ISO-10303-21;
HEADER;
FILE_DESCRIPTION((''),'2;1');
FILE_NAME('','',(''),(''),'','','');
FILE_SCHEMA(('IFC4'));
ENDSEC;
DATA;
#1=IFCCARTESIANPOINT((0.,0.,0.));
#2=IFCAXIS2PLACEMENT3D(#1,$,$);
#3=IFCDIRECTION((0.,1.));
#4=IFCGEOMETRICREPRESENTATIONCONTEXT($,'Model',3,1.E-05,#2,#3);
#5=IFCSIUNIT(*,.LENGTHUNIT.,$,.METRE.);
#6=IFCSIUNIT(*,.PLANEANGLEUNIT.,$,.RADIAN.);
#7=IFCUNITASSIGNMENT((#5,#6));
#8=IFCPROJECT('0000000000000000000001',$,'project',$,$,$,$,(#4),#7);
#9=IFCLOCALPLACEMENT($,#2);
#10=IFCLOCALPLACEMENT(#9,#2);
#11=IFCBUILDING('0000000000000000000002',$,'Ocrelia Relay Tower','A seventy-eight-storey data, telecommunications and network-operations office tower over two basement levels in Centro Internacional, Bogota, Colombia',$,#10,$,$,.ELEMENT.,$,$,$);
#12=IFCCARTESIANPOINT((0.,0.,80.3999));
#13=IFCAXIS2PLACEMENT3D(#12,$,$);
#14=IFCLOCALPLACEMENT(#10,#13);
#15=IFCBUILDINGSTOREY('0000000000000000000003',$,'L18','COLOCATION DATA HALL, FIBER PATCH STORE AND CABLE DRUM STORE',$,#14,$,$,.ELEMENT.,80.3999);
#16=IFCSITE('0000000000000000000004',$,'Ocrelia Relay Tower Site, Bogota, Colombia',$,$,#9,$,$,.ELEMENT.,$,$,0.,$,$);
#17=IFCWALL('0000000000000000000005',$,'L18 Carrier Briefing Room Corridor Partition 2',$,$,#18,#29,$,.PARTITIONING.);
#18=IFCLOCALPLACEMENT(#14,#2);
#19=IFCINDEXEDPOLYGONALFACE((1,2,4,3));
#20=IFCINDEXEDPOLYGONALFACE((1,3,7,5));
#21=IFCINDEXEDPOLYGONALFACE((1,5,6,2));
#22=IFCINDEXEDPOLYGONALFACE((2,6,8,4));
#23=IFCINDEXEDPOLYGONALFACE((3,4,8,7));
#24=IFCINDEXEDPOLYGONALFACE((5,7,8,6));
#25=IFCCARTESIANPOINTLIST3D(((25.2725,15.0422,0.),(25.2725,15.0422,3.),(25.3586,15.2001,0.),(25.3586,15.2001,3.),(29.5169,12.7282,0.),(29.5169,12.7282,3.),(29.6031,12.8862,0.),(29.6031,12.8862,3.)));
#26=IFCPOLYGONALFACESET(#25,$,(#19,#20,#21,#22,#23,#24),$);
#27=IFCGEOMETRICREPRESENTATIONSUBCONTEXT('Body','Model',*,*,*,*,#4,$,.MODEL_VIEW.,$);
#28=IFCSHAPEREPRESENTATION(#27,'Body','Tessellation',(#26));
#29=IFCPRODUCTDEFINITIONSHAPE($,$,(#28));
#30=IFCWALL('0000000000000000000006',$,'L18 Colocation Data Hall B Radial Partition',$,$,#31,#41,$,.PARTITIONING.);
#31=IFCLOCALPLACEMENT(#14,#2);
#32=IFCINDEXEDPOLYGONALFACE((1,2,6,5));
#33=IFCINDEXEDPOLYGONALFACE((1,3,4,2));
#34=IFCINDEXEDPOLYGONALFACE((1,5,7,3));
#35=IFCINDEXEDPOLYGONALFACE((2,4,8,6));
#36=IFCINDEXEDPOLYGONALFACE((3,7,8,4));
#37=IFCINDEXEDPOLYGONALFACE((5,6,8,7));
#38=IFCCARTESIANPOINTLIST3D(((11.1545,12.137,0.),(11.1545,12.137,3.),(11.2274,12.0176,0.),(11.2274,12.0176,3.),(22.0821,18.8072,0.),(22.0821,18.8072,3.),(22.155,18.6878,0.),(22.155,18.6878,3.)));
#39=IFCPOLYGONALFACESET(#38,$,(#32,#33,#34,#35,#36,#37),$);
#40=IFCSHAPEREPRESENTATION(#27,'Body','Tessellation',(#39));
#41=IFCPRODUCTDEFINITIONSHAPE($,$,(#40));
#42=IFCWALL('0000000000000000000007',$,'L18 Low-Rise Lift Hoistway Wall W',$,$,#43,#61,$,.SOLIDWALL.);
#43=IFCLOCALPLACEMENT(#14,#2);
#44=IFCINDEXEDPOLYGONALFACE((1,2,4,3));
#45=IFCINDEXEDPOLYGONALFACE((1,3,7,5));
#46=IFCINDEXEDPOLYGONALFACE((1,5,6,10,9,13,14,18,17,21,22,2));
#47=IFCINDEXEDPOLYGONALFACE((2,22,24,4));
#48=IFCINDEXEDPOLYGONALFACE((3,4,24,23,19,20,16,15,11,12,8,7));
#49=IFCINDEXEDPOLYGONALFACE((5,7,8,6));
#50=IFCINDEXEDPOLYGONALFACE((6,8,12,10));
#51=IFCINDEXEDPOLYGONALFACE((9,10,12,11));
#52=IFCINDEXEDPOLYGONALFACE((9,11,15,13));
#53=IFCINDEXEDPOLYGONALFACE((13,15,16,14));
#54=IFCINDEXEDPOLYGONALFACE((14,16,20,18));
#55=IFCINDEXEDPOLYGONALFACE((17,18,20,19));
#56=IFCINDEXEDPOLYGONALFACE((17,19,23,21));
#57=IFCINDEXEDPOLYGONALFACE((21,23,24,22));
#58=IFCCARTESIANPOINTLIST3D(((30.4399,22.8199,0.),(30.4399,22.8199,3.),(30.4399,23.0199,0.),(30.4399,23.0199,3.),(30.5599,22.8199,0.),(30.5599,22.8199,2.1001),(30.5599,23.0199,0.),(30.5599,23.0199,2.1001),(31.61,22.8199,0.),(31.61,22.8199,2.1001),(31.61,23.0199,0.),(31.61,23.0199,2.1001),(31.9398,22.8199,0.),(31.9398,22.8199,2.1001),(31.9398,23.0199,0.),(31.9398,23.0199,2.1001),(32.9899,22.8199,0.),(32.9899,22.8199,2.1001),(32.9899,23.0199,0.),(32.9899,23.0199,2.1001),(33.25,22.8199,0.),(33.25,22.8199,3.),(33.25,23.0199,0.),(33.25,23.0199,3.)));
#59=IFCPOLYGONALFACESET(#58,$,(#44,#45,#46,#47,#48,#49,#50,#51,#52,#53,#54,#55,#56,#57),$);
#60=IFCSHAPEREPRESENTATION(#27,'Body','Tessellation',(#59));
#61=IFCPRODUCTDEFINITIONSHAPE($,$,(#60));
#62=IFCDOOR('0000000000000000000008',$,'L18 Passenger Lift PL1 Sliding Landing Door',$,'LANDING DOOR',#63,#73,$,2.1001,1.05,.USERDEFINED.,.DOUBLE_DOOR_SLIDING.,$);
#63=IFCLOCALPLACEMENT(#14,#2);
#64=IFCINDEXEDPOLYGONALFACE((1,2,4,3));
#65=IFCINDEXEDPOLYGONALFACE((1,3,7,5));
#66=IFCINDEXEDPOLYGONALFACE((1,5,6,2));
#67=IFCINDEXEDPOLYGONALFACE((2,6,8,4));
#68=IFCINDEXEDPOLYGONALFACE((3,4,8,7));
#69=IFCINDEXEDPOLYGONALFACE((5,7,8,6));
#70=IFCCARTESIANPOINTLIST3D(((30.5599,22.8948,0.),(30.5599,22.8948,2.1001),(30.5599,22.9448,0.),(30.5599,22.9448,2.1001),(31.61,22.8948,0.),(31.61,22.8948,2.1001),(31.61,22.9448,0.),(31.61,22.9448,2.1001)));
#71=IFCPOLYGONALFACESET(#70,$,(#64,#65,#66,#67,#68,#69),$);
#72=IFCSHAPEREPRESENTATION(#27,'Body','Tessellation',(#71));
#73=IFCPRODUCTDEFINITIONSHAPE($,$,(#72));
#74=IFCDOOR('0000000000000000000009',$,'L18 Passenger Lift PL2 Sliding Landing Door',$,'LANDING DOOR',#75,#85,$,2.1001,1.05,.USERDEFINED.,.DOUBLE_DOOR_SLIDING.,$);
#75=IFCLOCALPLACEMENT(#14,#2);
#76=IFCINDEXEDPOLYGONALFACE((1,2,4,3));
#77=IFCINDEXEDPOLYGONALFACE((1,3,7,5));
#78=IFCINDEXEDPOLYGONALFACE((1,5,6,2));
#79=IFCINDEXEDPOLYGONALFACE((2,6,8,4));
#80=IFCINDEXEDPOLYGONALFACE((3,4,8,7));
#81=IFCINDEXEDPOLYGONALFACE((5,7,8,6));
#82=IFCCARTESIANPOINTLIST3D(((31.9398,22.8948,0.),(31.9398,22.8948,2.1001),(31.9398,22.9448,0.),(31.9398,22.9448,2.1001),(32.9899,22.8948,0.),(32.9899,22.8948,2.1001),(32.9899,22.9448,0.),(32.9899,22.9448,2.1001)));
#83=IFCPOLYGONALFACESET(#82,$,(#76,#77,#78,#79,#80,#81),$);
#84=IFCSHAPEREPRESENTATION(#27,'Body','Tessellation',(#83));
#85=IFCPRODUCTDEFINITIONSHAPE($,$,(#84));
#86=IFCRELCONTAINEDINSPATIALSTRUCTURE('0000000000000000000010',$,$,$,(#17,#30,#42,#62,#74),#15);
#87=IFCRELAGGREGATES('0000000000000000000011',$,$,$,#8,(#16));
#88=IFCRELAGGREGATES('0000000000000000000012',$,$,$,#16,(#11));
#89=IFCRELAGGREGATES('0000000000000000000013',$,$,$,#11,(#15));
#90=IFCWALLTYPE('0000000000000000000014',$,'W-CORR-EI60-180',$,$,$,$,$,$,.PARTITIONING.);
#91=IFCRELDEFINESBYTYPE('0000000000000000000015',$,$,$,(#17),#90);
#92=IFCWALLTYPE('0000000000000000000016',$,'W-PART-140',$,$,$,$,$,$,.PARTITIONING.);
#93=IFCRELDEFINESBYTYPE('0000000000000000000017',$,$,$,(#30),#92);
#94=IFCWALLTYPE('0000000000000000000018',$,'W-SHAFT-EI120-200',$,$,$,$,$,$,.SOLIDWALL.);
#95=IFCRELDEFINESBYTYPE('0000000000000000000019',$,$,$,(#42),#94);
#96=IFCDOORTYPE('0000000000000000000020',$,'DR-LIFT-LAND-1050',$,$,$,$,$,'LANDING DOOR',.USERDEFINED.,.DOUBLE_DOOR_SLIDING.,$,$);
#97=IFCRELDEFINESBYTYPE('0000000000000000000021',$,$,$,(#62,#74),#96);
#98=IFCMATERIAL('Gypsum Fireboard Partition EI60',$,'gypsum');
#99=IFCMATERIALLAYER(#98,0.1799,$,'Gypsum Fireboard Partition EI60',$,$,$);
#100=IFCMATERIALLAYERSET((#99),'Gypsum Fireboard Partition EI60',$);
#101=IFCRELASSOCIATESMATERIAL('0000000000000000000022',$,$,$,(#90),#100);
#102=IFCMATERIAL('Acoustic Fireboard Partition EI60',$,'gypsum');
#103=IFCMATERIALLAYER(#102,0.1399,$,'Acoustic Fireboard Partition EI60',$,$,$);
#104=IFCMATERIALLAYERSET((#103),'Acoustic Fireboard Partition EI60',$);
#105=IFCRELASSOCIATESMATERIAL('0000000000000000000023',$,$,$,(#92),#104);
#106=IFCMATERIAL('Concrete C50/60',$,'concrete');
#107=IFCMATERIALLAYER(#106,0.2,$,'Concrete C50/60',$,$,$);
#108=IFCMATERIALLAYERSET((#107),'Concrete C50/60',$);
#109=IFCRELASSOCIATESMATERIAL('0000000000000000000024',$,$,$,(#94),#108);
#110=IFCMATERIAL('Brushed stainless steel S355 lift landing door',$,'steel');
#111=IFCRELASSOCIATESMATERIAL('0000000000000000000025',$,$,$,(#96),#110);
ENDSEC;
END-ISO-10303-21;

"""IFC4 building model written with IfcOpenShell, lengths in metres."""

from ifc_helpers import new_model, si_unit, direction, frame, frame_2d, origin, place, context, subcontext, project, spatial, rectangle, extrude, material, layer, layer_set, type_object, element, fill, save


model = new_model("IFC4")

# Units and contexts
model_context = context("Model", 3, precision=1e-05, world=origin(), true_north=direction((0.0, 1.0)))
body_context = subcontext(model_context, "Body", "Model", "MODEL_VIEW")
ifc_project = project(units=[si_unit("LENGTHUNIT", "METRE"), si_unit("PLANEANGLEUNIT", "RADIAN")], contexts=[model_context])

# Site, building, storey
site_placement = place(None, origin())
site = spatial("IfcSite", under=ifc_project, at=site_placement, Name="Ocrelia Relay Tower Site, Bogota, Colombia", CompositionType="ELEMENT", RefElevation=0.0)
building_placement = place(site_placement, origin())
building = spatial("IfcBuilding", under=site, at=building_placement, Name="Ocrelia Relay Tower", Description="A seventy-eight-storey data, telecommunications and network-operations office tower over two basement levels in Centro Internacional, Bogota, Colombia", CompositionType="ELEMENT")
storey_placement = place(building_placement, frame((0.0, 0.0, 80.3999)))
storey = spatial("IfcBuildingStorey", under=building, at=storey_placement, Name="L18", Description="COLOCATION DATA HALL, FIBER PATCH STORE AND CABLE DRUM STORE", CompositionType="ELEMENT", Elevation=80.3999)

# Shared definitions
ifc_material_1 = material(Name="Gypsum Fireboard Partition EI60", Category="gypsum")
ifc_layer_1 = layer(ifc_material_1, 0.1799, Name="Gypsum Fireboard Partition EI60")
ifc_layer_set_1 = layer_set([ifc_layer_1], Name="Gypsum Fireboard Partition EI60")
wall_type_1 = type_object("IfcWallType", Name="W-CORR-EI60-180", PredefinedType="PARTITIONING", material=ifc_layer_set_1)

# Walls
wall_1_placement = place(storey_placement, frame((25.3157, 15.1211, 0.0), z_axis=(0.0, 0.0, 1.0), x_axis=(0.877996, -0.478668, 0.0)))
element("IfcWall", 1, at=wall_1_placement, inside=storey, type_object=wall_type_1, Name="L18 Carrier Briefing Room Corridor Partition 2", PredefinedType="PARTITIONING", context=body_context, shape_type="SweptSolid", body=[
    extrude(rectangle(XDim=4.8342, YDim=0.1799, at=frame_2d((2.417, 0.0))), origin(), (0.0, 0.0, 1.0), 3.0),
])
ifc_material_2 = material(Name="Acoustic Fireboard Partition EI60", Category="gypsum")
ifc_layer_2 = layer(ifc_material_2, 0.1399, Name="Acoustic Fireboard Partition EI60")
ifc_layer_set_2 = layer_set([ifc_layer_2], Name="Acoustic Fireboard Partition EI60")
wall_type_2 = type_object("IfcWallType", Name="W-PART-140", PredefinedType="PARTITIONING", material=ifc_layer_set_2)
wall_2_placement = place(storey_placement, frame((22.1187, 18.7476, 0.0), z_axis=(0.0, 0.0, 1.0), x_axis=(-0.853551, -0.521009, 0.0)))
element("IfcWall", 2, at=wall_2_placement, inside=storey, type_object=wall_type_2, Name="L18 Colocation Data Hall B Radial Partition", PredefinedType="PARTITIONING", context=body_context, shape_type="SweptSolid", body=[
    extrude(rectangle(XDim=12.8025, YDim=0.1399, at=frame_2d((6.4014, 0.0))), origin(), (0.0, 0.0, 1.0), 3.0),
])

# Wall, openings, doors
ifc_material_3 = material(Name="Concrete C50/60", Category="concrete")
ifc_layer_3 = layer(ifc_material_3, 0.2, Name="Concrete C50/60")
ifc_layer_set_3 = layer_set([ifc_layer_3], Name="Concrete C50/60")
wall_type_3 = type_object("IfcWallType", Name="W-SHAFT-EI120-200", PredefinedType="SOLIDWALL", material=ifc_layer_set_3)
wall_3_placement = place(storey_placement, frame((30.4399, 22.9199, 0.0), z_axis=(0.0, 0.0, 1.0), x_axis=(1.0, 0.0, 0.0)))
wall_3 = element("IfcWall", 3, at=wall_3_placement, inside=storey, type_object=wall_type_3, Name="L18 Low-Rise Lift Hoistway Wall W", PredefinedType="SOLIDWALL", context=body_context, shape_type="SweptSolid", body=[
    extrude(rectangle(XDim=2.8101, YDim=0.2, at=frame_2d((1.405, 0.0))), origin(), (0.0, 0.0, 1.0), 3.0),
])
opening_1_placement = place(wall_3_placement, frame((0.1201, 0.0, 0.0)))
opening_1 = element("IfcOpeningElement", 4, at=opening_1_placement, cuts=wall_3, PredefinedType="OPENING", context=body_context, shape_type="SweptSolid", body=[
    extrude(rectangle(XDim=1.05, YDim=2.1001, at=frame_2d((0.5249, 1.05))), frame((0.0, 0.1099, 0.0), z_axis=(0.0, -1.0, 0.0), x_axis=(1.0, 0.0, 0.0)), (0.0, 0.0, 1.0), 0.22),
])
opening_2_placement = place(wall_3_placement, frame((1.5, 0.0, 0.0)))
opening_2 = element("IfcOpeningElement", 5, at=opening_2_placement, cuts=wall_3, PredefinedType="OPENING", context=body_context, shape_type="SweptSolid", body=[
    extrude(rectangle(XDim=1.05, YDim=2.1001, at=frame_2d((0.5249, 1.05))), frame((0.0, 0.1099, 0.0), z_axis=(0.0, -1.0, 0.0), x_axis=(1.0, 0.0, 0.0)), (0.0, 0.0, 1.0), 0.22),
])
ifc_material_4 = material(Name="Brushed stainless steel S355 lift landing door", Category="steel")
door_type_1 = type_object("IfcDoorType", Name="DR-LIFT-LAND-1050", ElementType="LANDING DOOR", OperationType="DOUBLE_DOOR_SLIDING", PredefinedType="USERDEFINED", material=ifc_material_4)
door_1_placement = place(opening_1_placement, origin())
door_1 = element("IfcDoor", 6, at=door_1_placement, inside=storey, type_object=door_type_1, Name="L18 Passenger Lift PL1 Sliding Landing Door", ObjectType="LANDING DOOR", OperationType="DOUBLE_DOOR_SLIDING", OverallHeight=2.1001, OverallWidth=1.05, PredefinedType="USERDEFINED", context=body_context, shape_type="SweptSolid", body=[
    extrude(rectangle(XDim=1.05, YDim=2.1001, at=frame_2d((0.5249, 1.05))), frame((0.0, 0.0249, 0.0), z_axis=(0.0, -1.0, 0.0), x_axis=(1.0, 0.0, 0.0)), (0.0, 0.0, 1.0), 0.05),
])
fill(opening_1, door_1)
door_2_placement = place(opening_2_placement, origin())
door_2 = element("IfcDoor", 7, at=door_2_placement, inside=storey, type_object=door_type_1, Name="L18 Passenger Lift PL2 Sliding Landing Door", ObjectType="LANDING DOOR", OperationType="DOUBLE_DOOR_SLIDING", OverallHeight=2.1001, OverallWidth=1.05, PredefinedType="USERDEFINED", context=body_context, shape_type="SweptSolid", body=[
    extrude(rectangle(XDim=1.05, YDim=2.1001, at=frame_2d((0.5249, 1.05))), frame((0.0, 0.0249, 0.0), z_axis=(0.0, -1.0, 0.0), x_axis=(1.0, 0.0, 0.0)), (0.0, 0.0, 1.0), 0.05),
])
fill(opening_2, door_2)

save(model, "model.ifc")
